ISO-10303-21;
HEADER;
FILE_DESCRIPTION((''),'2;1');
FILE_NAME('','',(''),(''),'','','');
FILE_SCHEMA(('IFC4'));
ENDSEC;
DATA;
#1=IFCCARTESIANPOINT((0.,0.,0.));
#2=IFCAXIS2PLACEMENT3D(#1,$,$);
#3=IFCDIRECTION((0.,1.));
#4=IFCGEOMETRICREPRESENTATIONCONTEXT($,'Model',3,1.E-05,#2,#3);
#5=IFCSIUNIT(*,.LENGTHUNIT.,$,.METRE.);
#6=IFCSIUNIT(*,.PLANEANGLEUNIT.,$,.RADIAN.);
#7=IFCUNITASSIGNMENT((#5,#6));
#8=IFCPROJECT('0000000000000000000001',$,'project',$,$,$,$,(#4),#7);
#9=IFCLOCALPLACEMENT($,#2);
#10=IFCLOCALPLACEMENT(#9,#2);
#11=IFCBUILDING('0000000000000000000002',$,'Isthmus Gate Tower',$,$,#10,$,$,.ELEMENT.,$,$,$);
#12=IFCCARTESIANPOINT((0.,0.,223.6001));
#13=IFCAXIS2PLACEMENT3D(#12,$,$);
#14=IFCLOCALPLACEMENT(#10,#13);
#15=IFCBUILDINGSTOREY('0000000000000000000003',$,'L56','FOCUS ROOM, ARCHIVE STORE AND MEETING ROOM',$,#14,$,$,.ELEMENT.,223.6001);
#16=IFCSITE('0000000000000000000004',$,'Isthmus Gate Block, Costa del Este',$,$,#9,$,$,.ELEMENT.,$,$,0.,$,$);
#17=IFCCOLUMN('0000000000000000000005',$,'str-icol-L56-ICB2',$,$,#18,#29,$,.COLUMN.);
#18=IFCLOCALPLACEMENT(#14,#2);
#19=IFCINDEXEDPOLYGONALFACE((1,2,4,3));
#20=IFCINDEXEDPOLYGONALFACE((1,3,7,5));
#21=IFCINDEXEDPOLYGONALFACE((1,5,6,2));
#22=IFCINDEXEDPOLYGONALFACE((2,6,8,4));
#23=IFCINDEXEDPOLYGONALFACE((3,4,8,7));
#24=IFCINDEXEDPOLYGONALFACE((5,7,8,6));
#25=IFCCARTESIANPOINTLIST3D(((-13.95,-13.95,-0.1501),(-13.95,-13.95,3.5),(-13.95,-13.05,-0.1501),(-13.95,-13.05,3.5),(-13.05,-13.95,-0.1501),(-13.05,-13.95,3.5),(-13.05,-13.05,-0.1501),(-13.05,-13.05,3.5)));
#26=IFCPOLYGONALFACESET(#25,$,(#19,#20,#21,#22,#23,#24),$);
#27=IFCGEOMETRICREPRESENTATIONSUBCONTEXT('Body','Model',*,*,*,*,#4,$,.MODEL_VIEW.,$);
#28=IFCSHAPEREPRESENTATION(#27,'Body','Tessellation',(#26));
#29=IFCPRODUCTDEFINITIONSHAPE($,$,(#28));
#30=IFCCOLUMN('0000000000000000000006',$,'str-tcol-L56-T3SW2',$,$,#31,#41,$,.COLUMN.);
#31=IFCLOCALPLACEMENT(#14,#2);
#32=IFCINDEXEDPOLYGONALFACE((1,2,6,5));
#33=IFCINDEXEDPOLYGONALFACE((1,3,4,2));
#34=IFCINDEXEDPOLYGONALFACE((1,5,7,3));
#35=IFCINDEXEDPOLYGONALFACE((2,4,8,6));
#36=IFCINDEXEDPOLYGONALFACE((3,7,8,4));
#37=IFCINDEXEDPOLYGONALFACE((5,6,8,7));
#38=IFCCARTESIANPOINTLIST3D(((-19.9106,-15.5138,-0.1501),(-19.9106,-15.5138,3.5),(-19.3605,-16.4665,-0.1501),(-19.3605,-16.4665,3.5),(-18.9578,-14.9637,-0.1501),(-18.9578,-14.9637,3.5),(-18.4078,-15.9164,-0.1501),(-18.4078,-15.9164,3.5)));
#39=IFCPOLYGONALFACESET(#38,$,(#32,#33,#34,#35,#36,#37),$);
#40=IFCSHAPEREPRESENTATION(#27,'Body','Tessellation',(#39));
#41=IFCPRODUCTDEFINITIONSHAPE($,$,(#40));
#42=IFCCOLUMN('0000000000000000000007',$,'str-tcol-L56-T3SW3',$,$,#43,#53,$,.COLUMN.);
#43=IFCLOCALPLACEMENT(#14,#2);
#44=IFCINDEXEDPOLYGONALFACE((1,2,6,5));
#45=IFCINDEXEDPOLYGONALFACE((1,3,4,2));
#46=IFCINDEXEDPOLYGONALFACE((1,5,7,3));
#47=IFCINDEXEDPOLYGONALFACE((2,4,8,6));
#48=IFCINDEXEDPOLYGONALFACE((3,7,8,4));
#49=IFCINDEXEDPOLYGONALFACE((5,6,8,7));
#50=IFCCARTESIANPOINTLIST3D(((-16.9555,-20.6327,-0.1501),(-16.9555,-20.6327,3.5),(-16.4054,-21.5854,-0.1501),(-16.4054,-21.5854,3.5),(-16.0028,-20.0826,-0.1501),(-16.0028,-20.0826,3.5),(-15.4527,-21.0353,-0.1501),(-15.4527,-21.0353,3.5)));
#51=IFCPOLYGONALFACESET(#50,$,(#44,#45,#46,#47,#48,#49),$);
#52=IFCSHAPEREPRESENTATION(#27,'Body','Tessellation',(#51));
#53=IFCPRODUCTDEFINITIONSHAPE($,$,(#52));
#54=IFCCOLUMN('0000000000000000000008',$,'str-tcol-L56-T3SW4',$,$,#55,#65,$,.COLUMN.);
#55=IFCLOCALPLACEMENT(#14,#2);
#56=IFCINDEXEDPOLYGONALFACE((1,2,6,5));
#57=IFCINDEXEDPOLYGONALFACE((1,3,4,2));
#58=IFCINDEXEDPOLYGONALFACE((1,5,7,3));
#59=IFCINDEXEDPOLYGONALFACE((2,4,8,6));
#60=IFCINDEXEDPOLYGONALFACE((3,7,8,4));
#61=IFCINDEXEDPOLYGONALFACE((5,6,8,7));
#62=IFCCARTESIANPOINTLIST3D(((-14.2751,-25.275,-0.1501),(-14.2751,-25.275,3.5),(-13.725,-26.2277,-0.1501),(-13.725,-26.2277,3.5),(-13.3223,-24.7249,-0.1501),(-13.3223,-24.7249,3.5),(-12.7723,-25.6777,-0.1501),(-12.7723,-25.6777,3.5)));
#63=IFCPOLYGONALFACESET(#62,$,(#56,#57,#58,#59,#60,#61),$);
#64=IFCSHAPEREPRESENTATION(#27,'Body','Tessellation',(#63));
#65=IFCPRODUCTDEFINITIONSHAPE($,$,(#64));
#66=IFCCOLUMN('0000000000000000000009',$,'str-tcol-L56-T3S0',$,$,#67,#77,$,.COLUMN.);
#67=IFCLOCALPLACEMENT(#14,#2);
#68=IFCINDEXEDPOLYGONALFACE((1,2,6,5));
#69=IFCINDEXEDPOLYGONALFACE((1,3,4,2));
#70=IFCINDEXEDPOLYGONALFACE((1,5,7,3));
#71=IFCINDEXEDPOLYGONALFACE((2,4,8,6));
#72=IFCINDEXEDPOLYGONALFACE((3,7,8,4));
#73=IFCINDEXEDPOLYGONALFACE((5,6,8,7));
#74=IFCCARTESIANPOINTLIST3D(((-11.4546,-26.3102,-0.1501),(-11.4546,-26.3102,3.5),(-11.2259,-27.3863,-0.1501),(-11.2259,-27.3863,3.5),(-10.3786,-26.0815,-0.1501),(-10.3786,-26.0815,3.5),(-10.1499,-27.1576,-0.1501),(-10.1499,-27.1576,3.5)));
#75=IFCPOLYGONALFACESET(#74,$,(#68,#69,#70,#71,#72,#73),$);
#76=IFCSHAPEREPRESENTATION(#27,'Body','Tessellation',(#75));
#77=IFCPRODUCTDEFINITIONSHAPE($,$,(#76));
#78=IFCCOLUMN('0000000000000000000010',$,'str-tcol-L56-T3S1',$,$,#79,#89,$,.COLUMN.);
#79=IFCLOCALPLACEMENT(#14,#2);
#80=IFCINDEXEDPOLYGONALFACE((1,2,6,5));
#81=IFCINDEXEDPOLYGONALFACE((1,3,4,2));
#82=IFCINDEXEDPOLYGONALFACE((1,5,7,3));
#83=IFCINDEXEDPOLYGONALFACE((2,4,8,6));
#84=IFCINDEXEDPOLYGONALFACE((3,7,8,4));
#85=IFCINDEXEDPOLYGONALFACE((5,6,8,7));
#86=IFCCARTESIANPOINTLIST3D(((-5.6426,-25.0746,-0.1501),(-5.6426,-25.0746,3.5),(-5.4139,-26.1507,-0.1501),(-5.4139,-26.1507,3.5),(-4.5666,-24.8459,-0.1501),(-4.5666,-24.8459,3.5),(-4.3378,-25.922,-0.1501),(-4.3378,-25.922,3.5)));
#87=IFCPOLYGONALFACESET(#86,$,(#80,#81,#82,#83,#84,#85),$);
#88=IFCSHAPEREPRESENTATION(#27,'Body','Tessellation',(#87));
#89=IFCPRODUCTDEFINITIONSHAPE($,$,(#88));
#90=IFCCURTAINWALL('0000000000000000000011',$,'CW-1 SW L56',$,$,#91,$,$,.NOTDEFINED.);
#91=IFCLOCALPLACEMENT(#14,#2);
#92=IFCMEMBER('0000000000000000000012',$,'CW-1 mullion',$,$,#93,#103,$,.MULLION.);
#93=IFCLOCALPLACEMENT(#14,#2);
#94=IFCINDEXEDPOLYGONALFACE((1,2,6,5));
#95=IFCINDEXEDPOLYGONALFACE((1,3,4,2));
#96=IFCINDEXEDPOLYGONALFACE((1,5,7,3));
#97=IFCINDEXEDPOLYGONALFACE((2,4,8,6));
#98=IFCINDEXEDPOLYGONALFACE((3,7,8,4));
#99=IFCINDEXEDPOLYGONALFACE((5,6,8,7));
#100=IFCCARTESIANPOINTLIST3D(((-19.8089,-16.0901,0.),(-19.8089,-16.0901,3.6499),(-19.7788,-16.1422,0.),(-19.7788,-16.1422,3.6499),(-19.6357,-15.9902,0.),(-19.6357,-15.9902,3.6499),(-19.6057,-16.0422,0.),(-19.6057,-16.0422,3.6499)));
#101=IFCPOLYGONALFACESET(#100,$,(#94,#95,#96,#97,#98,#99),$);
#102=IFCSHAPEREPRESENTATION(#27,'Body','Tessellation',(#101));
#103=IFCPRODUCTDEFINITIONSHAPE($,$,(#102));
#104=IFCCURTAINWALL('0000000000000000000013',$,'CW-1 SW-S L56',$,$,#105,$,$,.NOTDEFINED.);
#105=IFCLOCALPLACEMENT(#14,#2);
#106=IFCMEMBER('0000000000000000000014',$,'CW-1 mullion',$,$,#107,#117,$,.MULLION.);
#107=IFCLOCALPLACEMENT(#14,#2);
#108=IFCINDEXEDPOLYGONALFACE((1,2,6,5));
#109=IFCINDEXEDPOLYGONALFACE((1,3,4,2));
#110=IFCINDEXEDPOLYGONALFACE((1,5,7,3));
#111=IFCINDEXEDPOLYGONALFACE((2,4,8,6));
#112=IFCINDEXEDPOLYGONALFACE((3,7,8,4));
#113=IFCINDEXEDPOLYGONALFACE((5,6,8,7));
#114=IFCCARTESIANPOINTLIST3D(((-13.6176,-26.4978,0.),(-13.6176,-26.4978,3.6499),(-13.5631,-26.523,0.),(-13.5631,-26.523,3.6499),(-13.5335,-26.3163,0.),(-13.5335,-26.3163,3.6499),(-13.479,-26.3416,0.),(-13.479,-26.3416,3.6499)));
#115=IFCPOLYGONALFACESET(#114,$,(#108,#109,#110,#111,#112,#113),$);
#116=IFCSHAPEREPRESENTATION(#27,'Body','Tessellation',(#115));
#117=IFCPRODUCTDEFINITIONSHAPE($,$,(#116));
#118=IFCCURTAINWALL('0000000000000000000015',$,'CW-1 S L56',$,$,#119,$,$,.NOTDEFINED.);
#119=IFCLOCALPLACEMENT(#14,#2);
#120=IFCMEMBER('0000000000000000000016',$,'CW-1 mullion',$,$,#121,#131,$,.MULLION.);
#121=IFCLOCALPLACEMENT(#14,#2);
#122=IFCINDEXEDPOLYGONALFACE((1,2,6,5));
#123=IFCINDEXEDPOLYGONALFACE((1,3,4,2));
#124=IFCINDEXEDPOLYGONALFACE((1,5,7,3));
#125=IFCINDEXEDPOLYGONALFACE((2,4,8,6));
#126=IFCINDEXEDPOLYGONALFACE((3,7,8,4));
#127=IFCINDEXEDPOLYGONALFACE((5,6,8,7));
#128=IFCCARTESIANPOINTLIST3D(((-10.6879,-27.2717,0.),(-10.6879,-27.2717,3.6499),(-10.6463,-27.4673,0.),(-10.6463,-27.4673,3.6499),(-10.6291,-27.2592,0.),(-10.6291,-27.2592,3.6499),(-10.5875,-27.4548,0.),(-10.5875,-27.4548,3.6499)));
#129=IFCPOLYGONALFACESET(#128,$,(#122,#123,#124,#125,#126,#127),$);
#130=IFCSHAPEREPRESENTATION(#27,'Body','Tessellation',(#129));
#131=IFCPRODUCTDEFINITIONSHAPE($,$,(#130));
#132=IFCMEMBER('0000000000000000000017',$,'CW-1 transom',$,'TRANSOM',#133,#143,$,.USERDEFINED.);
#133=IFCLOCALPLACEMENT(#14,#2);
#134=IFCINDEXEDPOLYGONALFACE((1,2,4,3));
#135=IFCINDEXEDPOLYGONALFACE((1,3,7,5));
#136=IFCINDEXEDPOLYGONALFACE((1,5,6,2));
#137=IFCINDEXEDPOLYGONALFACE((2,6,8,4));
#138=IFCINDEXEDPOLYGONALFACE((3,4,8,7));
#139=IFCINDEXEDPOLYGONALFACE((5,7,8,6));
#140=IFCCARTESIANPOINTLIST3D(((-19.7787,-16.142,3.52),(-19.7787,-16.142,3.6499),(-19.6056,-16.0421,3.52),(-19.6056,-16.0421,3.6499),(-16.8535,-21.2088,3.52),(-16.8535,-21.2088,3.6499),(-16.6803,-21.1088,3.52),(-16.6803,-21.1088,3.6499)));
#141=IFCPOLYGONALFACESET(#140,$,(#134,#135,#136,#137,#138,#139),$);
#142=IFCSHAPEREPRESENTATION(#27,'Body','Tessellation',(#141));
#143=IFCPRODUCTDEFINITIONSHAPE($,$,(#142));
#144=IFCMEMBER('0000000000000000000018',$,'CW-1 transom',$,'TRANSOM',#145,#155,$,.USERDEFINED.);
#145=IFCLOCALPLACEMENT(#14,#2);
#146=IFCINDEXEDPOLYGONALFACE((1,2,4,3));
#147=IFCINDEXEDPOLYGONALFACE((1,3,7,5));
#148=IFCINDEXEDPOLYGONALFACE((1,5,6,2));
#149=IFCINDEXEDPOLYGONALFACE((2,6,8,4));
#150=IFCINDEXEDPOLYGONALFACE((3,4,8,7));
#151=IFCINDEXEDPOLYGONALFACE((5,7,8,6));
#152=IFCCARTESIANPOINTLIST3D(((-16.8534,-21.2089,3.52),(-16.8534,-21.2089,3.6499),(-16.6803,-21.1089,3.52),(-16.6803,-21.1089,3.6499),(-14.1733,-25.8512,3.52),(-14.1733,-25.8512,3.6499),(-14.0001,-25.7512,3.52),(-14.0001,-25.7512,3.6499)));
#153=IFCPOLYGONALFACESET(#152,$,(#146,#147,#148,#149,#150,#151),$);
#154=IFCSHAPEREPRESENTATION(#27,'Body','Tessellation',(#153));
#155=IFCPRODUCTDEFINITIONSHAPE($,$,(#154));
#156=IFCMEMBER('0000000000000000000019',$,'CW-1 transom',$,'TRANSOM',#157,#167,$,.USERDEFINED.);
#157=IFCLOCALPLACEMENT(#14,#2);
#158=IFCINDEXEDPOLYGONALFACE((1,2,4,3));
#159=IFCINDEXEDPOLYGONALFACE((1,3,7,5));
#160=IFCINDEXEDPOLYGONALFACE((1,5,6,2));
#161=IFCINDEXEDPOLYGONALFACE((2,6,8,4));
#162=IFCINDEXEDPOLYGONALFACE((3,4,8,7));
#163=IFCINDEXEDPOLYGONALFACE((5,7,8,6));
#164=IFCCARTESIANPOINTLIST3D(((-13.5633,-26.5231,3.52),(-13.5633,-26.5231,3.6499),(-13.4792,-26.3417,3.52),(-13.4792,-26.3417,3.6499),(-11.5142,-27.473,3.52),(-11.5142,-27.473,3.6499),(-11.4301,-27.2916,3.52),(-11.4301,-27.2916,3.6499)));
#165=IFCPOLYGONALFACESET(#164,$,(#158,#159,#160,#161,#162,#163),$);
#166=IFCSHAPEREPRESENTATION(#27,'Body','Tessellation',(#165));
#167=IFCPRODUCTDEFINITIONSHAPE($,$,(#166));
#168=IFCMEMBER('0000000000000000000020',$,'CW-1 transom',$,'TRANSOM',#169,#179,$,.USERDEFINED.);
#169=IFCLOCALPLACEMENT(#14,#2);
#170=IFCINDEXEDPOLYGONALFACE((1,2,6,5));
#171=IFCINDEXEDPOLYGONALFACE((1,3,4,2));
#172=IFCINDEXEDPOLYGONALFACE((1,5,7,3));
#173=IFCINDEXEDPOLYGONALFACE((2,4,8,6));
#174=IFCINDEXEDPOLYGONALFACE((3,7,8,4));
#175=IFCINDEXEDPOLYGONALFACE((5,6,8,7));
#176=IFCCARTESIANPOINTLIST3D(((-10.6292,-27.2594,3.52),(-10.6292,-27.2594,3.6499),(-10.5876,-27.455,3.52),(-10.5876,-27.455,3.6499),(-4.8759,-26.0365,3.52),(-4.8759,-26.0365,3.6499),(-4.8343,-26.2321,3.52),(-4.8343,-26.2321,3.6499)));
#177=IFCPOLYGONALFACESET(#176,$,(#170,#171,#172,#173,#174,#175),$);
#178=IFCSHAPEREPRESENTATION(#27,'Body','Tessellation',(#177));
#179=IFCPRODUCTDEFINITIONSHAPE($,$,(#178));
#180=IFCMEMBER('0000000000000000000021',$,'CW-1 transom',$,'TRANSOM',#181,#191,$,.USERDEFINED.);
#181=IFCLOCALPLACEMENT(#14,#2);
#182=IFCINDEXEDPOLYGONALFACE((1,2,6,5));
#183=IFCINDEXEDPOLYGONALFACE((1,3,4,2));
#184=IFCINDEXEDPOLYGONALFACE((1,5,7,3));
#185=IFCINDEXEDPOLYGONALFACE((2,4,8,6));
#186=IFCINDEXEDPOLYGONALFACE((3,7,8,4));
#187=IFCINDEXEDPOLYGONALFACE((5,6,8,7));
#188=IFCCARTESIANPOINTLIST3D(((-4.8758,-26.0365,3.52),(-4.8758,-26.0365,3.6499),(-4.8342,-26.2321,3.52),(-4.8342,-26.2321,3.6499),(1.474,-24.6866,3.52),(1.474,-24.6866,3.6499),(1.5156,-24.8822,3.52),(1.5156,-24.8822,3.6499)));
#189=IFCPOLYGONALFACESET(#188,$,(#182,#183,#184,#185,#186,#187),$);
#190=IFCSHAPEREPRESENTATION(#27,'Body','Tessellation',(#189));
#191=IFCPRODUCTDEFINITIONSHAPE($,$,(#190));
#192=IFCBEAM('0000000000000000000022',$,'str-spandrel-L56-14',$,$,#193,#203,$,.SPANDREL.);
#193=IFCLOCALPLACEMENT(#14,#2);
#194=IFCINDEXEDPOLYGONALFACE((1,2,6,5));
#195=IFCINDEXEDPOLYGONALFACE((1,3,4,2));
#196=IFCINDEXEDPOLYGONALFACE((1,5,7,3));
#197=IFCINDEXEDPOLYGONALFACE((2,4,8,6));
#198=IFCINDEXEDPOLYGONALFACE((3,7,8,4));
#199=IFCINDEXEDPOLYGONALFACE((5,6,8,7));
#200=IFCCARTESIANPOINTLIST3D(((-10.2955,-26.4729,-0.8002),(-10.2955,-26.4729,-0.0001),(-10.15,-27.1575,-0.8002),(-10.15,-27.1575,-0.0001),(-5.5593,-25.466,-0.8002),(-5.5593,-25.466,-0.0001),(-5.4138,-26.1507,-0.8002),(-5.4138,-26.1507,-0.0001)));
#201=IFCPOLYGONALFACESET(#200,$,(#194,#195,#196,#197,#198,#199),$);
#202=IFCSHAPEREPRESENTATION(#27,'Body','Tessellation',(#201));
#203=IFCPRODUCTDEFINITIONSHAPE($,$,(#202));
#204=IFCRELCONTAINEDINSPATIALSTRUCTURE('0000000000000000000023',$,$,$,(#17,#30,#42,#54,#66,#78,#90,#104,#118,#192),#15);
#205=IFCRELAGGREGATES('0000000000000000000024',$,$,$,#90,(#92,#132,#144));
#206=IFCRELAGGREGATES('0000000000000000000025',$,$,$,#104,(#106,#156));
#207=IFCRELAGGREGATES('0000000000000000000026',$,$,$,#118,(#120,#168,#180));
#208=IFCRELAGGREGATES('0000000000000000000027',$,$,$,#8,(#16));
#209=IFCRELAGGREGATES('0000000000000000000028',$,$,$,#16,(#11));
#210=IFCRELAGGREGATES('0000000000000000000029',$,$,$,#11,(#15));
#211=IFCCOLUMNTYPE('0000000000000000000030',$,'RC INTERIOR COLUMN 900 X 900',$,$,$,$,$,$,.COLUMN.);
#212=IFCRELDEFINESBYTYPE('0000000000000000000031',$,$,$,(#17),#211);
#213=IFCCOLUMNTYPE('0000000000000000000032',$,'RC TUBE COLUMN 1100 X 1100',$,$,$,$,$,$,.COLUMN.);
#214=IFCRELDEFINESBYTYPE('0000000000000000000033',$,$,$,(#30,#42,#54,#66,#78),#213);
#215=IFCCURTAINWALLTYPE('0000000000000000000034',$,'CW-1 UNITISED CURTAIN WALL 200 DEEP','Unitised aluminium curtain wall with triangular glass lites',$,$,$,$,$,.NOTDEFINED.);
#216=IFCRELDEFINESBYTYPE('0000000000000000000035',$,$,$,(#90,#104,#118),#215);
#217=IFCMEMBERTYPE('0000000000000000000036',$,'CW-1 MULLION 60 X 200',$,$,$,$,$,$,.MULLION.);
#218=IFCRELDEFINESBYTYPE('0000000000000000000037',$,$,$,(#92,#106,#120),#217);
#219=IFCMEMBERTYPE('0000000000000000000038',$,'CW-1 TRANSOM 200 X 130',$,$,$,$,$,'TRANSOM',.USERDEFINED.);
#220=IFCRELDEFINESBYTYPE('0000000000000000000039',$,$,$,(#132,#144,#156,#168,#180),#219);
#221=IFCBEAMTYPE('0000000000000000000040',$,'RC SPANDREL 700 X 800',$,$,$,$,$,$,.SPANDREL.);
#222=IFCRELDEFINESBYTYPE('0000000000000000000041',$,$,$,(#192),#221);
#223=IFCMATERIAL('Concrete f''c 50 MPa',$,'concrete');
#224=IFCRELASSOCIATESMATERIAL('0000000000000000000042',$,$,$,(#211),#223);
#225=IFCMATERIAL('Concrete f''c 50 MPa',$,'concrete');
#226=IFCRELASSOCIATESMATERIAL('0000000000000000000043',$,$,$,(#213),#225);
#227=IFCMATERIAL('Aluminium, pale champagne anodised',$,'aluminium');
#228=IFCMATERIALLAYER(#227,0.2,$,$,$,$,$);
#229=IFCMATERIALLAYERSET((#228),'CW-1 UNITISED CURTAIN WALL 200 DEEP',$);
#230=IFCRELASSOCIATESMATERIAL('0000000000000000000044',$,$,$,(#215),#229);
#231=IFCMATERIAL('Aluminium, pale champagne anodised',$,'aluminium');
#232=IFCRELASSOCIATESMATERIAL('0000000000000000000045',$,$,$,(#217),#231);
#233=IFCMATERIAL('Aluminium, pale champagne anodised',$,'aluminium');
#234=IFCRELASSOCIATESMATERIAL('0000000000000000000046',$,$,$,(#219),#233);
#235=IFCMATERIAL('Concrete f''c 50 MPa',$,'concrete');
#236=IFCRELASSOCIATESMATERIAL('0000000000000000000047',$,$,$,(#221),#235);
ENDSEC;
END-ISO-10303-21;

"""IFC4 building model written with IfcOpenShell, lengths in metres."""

from ifc_helpers import new_model, si_unit, direction, frame, origin, origin_2d, place, context, subcontext, project, spatial, rectangle, extrude, material, layer, layer_set, material_profile, profile_set, type_object, element, aggregate, save


model = new_model("IFC4")

# Units and contexts
model_context = context("Model", 3, precision=1e-05, world=origin(), true_north=direction((0.0, 1.0)))
body_context = subcontext(model_context, "Body", "Model", "MODEL_VIEW")
ifc_project = project(units=[si_unit("LENGTHUNIT", "METRE"), si_unit("PLANEANGLEUNIT", "RADIAN")], contexts=[model_context])

# Site, building, storey
site_placement = place(None, origin())
site = spatial("IfcSite", under=ifc_project, at=site_placement, Name="Isthmus Gate Block, Costa del Este", CompositionType="ELEMENT", RefElevation=0.0)
building_placement = place(site_placement, origin())
building = spatial("IfcBuilding", under=site, at=building_placement, Name="Isthmus Gate Tower", CompositionType="ELEMENT")
storey_placement = place(building_placement, frame((0.0, 0.0, 223.6001)))
storey = spatial("IfcBuildingStorey", under=building, at=storey_placement, Name="L56", Description="FOCUS ROOM, ARCHIVE STORE AND MEETING ROOM", CompositionType="ELEMENT", Elevation=223.6001)

# Columns
ifc_material_1 = material(Name="Concrete f'c 50 MPa", Category="concrete")
ifc_material_profile_1 = material_profile(ifc_material_1, rectangle(XDim=0.8999, YDim=0.8999, at=origin_2d()), Name="RC 900X900")
ifc_profile_set_1 = profile_set([ifc_material_profile_1], Name="Concrete f'c 50 MPa")
column_type_1 = type_object("IfcColumnType", Name="RC INTERIOR COLUMN 900 X 900", PredefinedType="COLUMN", material=ifc_profile_set_1)
column_placement = place(storey_placement, frame((-13.5, -13.5, -0.1501), z_axis=(0.0, 0.0, 1.0), x_axis=(1.0, 0.0, 0.0)))
element("IfcColumn", 1, at=column_placement, inside=storey, type_object=column_type_1, Name="str-icol-L56-ICB2", PredefinedType="COLUMN", context=body_context, shape_type="SweptSolid", body=[
    extrude(rectangle(XDim=0.8999, YDim=0.8999, at=origin_2d()), origin(), (0.0, 0.0, 1.0), 3.6501),
])
ifc_material_2 = material(Name="Concrete f'c 50 MPa", Category="concrete")
ifc_material_profile_2 = material_profile(ifc_material_2, rectangle(XDim=1.1001, YDim=1.1001, at=origin_2d()), Name="RC 1100X1100")
ifc_profile_set_2 = profile_set([ifc_material_profile_2], Name="Concrete f'c 50 MPa")
column_type_2 = type_object("IfcColumnType", Name="RC TUBE COLUMN 1100 X 1100", PredefinedType="COLUMN", material=ifc_profile_set_2)
for number, where, z_axis, x_axis, name in (
    (2, (-19.1592, -15.7151, -0.1501), (0.0, 0.0, 1.0), (0.5, -0.866025, 0.0), "str-tcol-L56-T3SW2"),
    (3, (-16.2041, -20.834, -0.1501), (0.0, 0.0, 1.0), (0.5, -0.866025, 0.0), "str-tcol-L56-T3SW3"),
    (4, (-13.5237, -25.4763, -0.1501), (0.0, 0.0, 1.0), (0.5, -0.866025, 0.0), "str-tcol-L56-T3SW4"),
    (5, (-10.8022, -26.7339, -0.1501), (0.0, 0.0, 1.0), (0.978148, 0.207912, 0.0), "str-tcol-L56-T3S0"),
    (6, (-4.9902, -25.4983, -0.1501), (0.0, 0.0, 1.0), (0.978148, 0.207912, 0.0), "str-tcol-L56-T3S1"),
):
    element("IfcColumn", number, at=place(storey_placement, frame(where, z_axis=z_axis, x_axis=x_axis)), inside=storey, type_object=column_type_2, Name=name, PredefinedType="COLUMN", context=body_context, shape_type="SweptSolid", body=[
        extrude(rectangle(XDim=1.1001, YDim=1.1001, at=origin_2d()), origin(), (0.0, 0.0, 1.0), 3.6501),
    ])

# Curtain walls, members
ifc_material_3 = material(Name="Aluminium, pale champagne anodised", Category="aluminium")
ifc_layer_1 = layer(ifc_material_3, 0.2)
ifc_layer_set_1 = layer_set([ifc_layer_1], Name="CW-1 UNITISED CURTAIN WALL 200 DEEP")
curtain_wall_type = type_object("IfcCurtainWallType", Name="CW-1 UNITISED CURTAIN WALL 200 DEEP", Description="Unitised aluminium curtain wall with triangular glass lites", PredefinedType="NOTDEFINED", material=ifc_layer_set_1)
curtain_wall_1_placement = place(storey_placement, origin())
curtain_wall_1 = element("IfcCurtainWall", 7, at=curtain_wall_1_placement, inside=storey, type_object=curtain_wall_type, Name="CW-1 SW L56", PredefinedType="NOTDEFINED")
ifc_material_4 = material(Name="Aluminium, pale champagne anodised", Category="aluminium")
ifc_material_profile_3 = material_profile(ifc_material_4, rectangle(XDim=0.0601, YDim=0.2, at=origin_2d()), Name="60x200")
ifc_profile_set_3 = profile_set([ifc_material_profile_3], Name="Aluminium, pale champagne anodised")
member_type_1 = type_object("IfcMemberType", Name="CW-1 MULLION 60 X 200", PredefinedType="MULLION", material=ifc_profile_set_3)
member_1_placement = place(storey_placement, frame((-19.7073, -16.0662, 0.0), z_axis=(0.0, 0.0, 1.0), x_axis=(0.5, -0.866025, 0.0)))
member_1 = element("IfcMember", 8, at=member_1_placement, type_object=member_type_1, Name="CW-1 mullion", PredefinedType="MULLION", context=body_context, shape_type="SweptSolid", body=[
    extrude(rectangle(XDim=0.0601, YDim=0.2, at=origin_2d()), origin(), (0.0, 0.0, 1.0), 3.6499),
])
curtain_wall_2_placement = place(storey_placement, origin())
curtain_wall_2 = element("IfcCurtainWall", 9, at=curtain_wall_2_placement, inside=storey, type_object=curtain_wall_type, Name="CW-1 SW-S L56", PredefinedType="NOTDEFINED")
member_2_placement = place(storey_placement, frame((-13.5483, -26.4197, 0.0), z_axis=(0.0, 0.0, 1.0), x_axis=(0.907256, -0.420578, 0.0)))
member_2 = element("IfcMember", 10, at=member_2_placement, type_object=member_type_1, Name="CW-1 mullion", PredefinedType="MULLION", context=body_context, shape_type="SweptSolid", body=[
    extrude(rectangle(XDim=0.0601, YDim=0.2, at=origin_2d()), origin(), (0.0, 0.0, 1.0), 3.6499),
])
curtain_wall_3_placement = place(storey_placement, origin())
curtain_wall_3 = element("IfcCurtainWall", 11, at=curtain_wall_3_placement, inside=storey, type_object=curtain_wall_type, Name="CW-1 S L56", PredefinedType="NOTDEFINED")
member_3_placement = place(storey_placement, frame((-10.6377, -27.3633, 0.0), z_axis=(0.0, 0.0, 1.0), x_axis=(0.978148, 0.207912, 0.0)))
member_3 = element("IfcMember", 12, at=member_3_placement, type_object=member_type_1, Name="CW-1 mullion", PredefinedType="MULLION", context=body_context, shape_type="SweptSolid", body=[
    extrude(rectangle(XDim=0.0601, YDim=0.2, at=origin_2d()), origin(), (0.0, 0.0, 1.0), 3.6499),
])

# Members
ifc_material_5 = material(Name="Aluminium, pale champagne anodised", Category="aluminium")
ifc_material_profile_4 = material_profile(ifc_material_5, rectangle(XDim=0.2, YDim=0.1299, at=origin_2d()), Name="200x130")
ifc_profile_set_4 = profile_set([ifc_material_profile_4], Name="Aluminium, pale champagne anodised")
member_type_2 = type_object("IfcMemberType", Name="CW-1 TRANSOM 200 X 130", ElementType="TRANSOM", PredefinedType="USERDEFINED", material=ifc_profile_set_4)
member_4_placement = place(storey_placement, frame((-19.6921, -16.092, 3.585), z_axis=(0.49999, -0.866031, 0.0), x_axis=(0.866031, 0.49999, 0.0)))
member_4 = element("IfcMember", 13, at=member_4_placement, type_object=member_type_2, Name="CW-1 transom", ObjectType="TRANSOM", PredefinedType="USERDEFINED", context=body_context, shape_type="SweptSolid", body=[
    extrude(rectangle(XDim=0.2, YDim=0.1299, at=origin_2d()), origin(), (0.0, 0.0, 1.0), 5.8506),
])
member_5_placement = place(storey_placement, frame((-16.7668, -21.1589, 3.585), z_axis=(0.499989, -0.866032, 0.0), x_axis=(0.866032, 0.499989, 0.0)))
member_5 = element("IfcMember", 14, at=member_5_placement, type_object=member_type_2, Name="CW-1 transom", ObjectType="TRANSOM", PredefinedType="USERDEFINED", context=body_context, shape_type="SweptSolid", body=[
    extrude(rectangle(XDim=0.2, YDim=0.1299, at=origin_2d()), origin(), (0.0, 0.0, 1.0), 5.3604),
])
member_6_placement = place(storey_placement, frame((-13.5212, -26.4324, 3.585), z_axis=(0.907246, -0.4206, 0.0), x_axis=(0.4206, 0.907246, 0.0)))
member_6 = element("IfcMember", 15, at=member_6_placement, type_object=member_type_2, Name="CW-1 transom", ObjectType="TRANSOM", PredefinedType="USERDEFINED", context=body_context, shape_type="SweptSolid", body=[
    extrude(rectangle(XDim=0.2, YDim=0.1299, at=origin_2d()), origin(), (0.0, 0.0, 1.0), 2.2585),
])
member_7_placement = place(storey_placement, frame((-10.6084, -27.3572, 3.585), z_axis=(0.978149, 0.207907, 0.0), x_axis=(-0.207907, 0.978149, 0.0)))
member_7 = element("IfcMember", 16, at=member_7_placement, type_object=member_type_2, Name="CW-1 transom", ObjectType="TRANSOM", PredefinedType="USERDEFINED", context=body_context, shape_type="SweptSolid", body=[
    extrude(rectangle(XDim=0.2, YDim=0.1299, at=origin_2d()), origin(), (0.0, 0.0, 1.0), 5.8818),
])
member_8_placement = place(storey_placement, frame((-4.855, -26.1343, 3.585), z_axis=(0.978143, 0.207934, 0.0), x_axis=(-0.207934, 0.978143, 0.0)))
member_8 = element("IfcMember", 17, at=member_8_placement, type_object=member_type_2, Name="CW-1 transom", ObjectType="TRANSOM", PredefinedType="USERDEFINED", context=body_context, shape_type="SweptSolid", body=[
    extrude(rectangle(XDim=0.2, YDim=0.1299, at=origin_2d()), origin(), (0.0, 0.0, 1.0), 6.4917),
])

# Beam
ifc_material_6 = material(Name="Concrete f'c 50 MPa", Category="concrete")
ifc_material_profile_5 = material_profile(ifc_material_6, rectangle(XDim=0.7, YDim=0.8, at=origin_2d()), Name="RC 700X800")
ifc_profile_set_5 = profile_set([ifc_material_profile_5], Name="Concrete f'c 50 MPa")
beam_type_1 = type_object("IfcBeamType", Name="RC SPANDREL 700 X 800", PredefinedType="SPANDREL", material=ifc_profile_set_5)
beam_1_placement = place(storey_placement, frame((-5.4866, -25.8083, -0.4001), z_axis=(-0.978141, -0.207941, 0.0), x_axis=(0.207941, -0.978141, 0.0)))
element("IfcBeam", 18, at=beam_1_placement, inside=storey, type_object=beam_type_1, Name="str-spandrel-L56-14", PredefinedType="SPANDREL", context=body_context, shape_type="SweptSolid", body=[
    extrude(rectangle(XDim=0.7, YDim=0.8, at=origin_2d()), origin(), (0.0, 0.0, 1.0), 4.842),
])

aggregate(curtain_wall_1, [member_1, member_4, member_5])
aggregate(curtain_wall_2, [member_2, member_6])

aggregate(curtain_wall_3, [member_3, member_7, member_8])

save(model, "model.ifc")
